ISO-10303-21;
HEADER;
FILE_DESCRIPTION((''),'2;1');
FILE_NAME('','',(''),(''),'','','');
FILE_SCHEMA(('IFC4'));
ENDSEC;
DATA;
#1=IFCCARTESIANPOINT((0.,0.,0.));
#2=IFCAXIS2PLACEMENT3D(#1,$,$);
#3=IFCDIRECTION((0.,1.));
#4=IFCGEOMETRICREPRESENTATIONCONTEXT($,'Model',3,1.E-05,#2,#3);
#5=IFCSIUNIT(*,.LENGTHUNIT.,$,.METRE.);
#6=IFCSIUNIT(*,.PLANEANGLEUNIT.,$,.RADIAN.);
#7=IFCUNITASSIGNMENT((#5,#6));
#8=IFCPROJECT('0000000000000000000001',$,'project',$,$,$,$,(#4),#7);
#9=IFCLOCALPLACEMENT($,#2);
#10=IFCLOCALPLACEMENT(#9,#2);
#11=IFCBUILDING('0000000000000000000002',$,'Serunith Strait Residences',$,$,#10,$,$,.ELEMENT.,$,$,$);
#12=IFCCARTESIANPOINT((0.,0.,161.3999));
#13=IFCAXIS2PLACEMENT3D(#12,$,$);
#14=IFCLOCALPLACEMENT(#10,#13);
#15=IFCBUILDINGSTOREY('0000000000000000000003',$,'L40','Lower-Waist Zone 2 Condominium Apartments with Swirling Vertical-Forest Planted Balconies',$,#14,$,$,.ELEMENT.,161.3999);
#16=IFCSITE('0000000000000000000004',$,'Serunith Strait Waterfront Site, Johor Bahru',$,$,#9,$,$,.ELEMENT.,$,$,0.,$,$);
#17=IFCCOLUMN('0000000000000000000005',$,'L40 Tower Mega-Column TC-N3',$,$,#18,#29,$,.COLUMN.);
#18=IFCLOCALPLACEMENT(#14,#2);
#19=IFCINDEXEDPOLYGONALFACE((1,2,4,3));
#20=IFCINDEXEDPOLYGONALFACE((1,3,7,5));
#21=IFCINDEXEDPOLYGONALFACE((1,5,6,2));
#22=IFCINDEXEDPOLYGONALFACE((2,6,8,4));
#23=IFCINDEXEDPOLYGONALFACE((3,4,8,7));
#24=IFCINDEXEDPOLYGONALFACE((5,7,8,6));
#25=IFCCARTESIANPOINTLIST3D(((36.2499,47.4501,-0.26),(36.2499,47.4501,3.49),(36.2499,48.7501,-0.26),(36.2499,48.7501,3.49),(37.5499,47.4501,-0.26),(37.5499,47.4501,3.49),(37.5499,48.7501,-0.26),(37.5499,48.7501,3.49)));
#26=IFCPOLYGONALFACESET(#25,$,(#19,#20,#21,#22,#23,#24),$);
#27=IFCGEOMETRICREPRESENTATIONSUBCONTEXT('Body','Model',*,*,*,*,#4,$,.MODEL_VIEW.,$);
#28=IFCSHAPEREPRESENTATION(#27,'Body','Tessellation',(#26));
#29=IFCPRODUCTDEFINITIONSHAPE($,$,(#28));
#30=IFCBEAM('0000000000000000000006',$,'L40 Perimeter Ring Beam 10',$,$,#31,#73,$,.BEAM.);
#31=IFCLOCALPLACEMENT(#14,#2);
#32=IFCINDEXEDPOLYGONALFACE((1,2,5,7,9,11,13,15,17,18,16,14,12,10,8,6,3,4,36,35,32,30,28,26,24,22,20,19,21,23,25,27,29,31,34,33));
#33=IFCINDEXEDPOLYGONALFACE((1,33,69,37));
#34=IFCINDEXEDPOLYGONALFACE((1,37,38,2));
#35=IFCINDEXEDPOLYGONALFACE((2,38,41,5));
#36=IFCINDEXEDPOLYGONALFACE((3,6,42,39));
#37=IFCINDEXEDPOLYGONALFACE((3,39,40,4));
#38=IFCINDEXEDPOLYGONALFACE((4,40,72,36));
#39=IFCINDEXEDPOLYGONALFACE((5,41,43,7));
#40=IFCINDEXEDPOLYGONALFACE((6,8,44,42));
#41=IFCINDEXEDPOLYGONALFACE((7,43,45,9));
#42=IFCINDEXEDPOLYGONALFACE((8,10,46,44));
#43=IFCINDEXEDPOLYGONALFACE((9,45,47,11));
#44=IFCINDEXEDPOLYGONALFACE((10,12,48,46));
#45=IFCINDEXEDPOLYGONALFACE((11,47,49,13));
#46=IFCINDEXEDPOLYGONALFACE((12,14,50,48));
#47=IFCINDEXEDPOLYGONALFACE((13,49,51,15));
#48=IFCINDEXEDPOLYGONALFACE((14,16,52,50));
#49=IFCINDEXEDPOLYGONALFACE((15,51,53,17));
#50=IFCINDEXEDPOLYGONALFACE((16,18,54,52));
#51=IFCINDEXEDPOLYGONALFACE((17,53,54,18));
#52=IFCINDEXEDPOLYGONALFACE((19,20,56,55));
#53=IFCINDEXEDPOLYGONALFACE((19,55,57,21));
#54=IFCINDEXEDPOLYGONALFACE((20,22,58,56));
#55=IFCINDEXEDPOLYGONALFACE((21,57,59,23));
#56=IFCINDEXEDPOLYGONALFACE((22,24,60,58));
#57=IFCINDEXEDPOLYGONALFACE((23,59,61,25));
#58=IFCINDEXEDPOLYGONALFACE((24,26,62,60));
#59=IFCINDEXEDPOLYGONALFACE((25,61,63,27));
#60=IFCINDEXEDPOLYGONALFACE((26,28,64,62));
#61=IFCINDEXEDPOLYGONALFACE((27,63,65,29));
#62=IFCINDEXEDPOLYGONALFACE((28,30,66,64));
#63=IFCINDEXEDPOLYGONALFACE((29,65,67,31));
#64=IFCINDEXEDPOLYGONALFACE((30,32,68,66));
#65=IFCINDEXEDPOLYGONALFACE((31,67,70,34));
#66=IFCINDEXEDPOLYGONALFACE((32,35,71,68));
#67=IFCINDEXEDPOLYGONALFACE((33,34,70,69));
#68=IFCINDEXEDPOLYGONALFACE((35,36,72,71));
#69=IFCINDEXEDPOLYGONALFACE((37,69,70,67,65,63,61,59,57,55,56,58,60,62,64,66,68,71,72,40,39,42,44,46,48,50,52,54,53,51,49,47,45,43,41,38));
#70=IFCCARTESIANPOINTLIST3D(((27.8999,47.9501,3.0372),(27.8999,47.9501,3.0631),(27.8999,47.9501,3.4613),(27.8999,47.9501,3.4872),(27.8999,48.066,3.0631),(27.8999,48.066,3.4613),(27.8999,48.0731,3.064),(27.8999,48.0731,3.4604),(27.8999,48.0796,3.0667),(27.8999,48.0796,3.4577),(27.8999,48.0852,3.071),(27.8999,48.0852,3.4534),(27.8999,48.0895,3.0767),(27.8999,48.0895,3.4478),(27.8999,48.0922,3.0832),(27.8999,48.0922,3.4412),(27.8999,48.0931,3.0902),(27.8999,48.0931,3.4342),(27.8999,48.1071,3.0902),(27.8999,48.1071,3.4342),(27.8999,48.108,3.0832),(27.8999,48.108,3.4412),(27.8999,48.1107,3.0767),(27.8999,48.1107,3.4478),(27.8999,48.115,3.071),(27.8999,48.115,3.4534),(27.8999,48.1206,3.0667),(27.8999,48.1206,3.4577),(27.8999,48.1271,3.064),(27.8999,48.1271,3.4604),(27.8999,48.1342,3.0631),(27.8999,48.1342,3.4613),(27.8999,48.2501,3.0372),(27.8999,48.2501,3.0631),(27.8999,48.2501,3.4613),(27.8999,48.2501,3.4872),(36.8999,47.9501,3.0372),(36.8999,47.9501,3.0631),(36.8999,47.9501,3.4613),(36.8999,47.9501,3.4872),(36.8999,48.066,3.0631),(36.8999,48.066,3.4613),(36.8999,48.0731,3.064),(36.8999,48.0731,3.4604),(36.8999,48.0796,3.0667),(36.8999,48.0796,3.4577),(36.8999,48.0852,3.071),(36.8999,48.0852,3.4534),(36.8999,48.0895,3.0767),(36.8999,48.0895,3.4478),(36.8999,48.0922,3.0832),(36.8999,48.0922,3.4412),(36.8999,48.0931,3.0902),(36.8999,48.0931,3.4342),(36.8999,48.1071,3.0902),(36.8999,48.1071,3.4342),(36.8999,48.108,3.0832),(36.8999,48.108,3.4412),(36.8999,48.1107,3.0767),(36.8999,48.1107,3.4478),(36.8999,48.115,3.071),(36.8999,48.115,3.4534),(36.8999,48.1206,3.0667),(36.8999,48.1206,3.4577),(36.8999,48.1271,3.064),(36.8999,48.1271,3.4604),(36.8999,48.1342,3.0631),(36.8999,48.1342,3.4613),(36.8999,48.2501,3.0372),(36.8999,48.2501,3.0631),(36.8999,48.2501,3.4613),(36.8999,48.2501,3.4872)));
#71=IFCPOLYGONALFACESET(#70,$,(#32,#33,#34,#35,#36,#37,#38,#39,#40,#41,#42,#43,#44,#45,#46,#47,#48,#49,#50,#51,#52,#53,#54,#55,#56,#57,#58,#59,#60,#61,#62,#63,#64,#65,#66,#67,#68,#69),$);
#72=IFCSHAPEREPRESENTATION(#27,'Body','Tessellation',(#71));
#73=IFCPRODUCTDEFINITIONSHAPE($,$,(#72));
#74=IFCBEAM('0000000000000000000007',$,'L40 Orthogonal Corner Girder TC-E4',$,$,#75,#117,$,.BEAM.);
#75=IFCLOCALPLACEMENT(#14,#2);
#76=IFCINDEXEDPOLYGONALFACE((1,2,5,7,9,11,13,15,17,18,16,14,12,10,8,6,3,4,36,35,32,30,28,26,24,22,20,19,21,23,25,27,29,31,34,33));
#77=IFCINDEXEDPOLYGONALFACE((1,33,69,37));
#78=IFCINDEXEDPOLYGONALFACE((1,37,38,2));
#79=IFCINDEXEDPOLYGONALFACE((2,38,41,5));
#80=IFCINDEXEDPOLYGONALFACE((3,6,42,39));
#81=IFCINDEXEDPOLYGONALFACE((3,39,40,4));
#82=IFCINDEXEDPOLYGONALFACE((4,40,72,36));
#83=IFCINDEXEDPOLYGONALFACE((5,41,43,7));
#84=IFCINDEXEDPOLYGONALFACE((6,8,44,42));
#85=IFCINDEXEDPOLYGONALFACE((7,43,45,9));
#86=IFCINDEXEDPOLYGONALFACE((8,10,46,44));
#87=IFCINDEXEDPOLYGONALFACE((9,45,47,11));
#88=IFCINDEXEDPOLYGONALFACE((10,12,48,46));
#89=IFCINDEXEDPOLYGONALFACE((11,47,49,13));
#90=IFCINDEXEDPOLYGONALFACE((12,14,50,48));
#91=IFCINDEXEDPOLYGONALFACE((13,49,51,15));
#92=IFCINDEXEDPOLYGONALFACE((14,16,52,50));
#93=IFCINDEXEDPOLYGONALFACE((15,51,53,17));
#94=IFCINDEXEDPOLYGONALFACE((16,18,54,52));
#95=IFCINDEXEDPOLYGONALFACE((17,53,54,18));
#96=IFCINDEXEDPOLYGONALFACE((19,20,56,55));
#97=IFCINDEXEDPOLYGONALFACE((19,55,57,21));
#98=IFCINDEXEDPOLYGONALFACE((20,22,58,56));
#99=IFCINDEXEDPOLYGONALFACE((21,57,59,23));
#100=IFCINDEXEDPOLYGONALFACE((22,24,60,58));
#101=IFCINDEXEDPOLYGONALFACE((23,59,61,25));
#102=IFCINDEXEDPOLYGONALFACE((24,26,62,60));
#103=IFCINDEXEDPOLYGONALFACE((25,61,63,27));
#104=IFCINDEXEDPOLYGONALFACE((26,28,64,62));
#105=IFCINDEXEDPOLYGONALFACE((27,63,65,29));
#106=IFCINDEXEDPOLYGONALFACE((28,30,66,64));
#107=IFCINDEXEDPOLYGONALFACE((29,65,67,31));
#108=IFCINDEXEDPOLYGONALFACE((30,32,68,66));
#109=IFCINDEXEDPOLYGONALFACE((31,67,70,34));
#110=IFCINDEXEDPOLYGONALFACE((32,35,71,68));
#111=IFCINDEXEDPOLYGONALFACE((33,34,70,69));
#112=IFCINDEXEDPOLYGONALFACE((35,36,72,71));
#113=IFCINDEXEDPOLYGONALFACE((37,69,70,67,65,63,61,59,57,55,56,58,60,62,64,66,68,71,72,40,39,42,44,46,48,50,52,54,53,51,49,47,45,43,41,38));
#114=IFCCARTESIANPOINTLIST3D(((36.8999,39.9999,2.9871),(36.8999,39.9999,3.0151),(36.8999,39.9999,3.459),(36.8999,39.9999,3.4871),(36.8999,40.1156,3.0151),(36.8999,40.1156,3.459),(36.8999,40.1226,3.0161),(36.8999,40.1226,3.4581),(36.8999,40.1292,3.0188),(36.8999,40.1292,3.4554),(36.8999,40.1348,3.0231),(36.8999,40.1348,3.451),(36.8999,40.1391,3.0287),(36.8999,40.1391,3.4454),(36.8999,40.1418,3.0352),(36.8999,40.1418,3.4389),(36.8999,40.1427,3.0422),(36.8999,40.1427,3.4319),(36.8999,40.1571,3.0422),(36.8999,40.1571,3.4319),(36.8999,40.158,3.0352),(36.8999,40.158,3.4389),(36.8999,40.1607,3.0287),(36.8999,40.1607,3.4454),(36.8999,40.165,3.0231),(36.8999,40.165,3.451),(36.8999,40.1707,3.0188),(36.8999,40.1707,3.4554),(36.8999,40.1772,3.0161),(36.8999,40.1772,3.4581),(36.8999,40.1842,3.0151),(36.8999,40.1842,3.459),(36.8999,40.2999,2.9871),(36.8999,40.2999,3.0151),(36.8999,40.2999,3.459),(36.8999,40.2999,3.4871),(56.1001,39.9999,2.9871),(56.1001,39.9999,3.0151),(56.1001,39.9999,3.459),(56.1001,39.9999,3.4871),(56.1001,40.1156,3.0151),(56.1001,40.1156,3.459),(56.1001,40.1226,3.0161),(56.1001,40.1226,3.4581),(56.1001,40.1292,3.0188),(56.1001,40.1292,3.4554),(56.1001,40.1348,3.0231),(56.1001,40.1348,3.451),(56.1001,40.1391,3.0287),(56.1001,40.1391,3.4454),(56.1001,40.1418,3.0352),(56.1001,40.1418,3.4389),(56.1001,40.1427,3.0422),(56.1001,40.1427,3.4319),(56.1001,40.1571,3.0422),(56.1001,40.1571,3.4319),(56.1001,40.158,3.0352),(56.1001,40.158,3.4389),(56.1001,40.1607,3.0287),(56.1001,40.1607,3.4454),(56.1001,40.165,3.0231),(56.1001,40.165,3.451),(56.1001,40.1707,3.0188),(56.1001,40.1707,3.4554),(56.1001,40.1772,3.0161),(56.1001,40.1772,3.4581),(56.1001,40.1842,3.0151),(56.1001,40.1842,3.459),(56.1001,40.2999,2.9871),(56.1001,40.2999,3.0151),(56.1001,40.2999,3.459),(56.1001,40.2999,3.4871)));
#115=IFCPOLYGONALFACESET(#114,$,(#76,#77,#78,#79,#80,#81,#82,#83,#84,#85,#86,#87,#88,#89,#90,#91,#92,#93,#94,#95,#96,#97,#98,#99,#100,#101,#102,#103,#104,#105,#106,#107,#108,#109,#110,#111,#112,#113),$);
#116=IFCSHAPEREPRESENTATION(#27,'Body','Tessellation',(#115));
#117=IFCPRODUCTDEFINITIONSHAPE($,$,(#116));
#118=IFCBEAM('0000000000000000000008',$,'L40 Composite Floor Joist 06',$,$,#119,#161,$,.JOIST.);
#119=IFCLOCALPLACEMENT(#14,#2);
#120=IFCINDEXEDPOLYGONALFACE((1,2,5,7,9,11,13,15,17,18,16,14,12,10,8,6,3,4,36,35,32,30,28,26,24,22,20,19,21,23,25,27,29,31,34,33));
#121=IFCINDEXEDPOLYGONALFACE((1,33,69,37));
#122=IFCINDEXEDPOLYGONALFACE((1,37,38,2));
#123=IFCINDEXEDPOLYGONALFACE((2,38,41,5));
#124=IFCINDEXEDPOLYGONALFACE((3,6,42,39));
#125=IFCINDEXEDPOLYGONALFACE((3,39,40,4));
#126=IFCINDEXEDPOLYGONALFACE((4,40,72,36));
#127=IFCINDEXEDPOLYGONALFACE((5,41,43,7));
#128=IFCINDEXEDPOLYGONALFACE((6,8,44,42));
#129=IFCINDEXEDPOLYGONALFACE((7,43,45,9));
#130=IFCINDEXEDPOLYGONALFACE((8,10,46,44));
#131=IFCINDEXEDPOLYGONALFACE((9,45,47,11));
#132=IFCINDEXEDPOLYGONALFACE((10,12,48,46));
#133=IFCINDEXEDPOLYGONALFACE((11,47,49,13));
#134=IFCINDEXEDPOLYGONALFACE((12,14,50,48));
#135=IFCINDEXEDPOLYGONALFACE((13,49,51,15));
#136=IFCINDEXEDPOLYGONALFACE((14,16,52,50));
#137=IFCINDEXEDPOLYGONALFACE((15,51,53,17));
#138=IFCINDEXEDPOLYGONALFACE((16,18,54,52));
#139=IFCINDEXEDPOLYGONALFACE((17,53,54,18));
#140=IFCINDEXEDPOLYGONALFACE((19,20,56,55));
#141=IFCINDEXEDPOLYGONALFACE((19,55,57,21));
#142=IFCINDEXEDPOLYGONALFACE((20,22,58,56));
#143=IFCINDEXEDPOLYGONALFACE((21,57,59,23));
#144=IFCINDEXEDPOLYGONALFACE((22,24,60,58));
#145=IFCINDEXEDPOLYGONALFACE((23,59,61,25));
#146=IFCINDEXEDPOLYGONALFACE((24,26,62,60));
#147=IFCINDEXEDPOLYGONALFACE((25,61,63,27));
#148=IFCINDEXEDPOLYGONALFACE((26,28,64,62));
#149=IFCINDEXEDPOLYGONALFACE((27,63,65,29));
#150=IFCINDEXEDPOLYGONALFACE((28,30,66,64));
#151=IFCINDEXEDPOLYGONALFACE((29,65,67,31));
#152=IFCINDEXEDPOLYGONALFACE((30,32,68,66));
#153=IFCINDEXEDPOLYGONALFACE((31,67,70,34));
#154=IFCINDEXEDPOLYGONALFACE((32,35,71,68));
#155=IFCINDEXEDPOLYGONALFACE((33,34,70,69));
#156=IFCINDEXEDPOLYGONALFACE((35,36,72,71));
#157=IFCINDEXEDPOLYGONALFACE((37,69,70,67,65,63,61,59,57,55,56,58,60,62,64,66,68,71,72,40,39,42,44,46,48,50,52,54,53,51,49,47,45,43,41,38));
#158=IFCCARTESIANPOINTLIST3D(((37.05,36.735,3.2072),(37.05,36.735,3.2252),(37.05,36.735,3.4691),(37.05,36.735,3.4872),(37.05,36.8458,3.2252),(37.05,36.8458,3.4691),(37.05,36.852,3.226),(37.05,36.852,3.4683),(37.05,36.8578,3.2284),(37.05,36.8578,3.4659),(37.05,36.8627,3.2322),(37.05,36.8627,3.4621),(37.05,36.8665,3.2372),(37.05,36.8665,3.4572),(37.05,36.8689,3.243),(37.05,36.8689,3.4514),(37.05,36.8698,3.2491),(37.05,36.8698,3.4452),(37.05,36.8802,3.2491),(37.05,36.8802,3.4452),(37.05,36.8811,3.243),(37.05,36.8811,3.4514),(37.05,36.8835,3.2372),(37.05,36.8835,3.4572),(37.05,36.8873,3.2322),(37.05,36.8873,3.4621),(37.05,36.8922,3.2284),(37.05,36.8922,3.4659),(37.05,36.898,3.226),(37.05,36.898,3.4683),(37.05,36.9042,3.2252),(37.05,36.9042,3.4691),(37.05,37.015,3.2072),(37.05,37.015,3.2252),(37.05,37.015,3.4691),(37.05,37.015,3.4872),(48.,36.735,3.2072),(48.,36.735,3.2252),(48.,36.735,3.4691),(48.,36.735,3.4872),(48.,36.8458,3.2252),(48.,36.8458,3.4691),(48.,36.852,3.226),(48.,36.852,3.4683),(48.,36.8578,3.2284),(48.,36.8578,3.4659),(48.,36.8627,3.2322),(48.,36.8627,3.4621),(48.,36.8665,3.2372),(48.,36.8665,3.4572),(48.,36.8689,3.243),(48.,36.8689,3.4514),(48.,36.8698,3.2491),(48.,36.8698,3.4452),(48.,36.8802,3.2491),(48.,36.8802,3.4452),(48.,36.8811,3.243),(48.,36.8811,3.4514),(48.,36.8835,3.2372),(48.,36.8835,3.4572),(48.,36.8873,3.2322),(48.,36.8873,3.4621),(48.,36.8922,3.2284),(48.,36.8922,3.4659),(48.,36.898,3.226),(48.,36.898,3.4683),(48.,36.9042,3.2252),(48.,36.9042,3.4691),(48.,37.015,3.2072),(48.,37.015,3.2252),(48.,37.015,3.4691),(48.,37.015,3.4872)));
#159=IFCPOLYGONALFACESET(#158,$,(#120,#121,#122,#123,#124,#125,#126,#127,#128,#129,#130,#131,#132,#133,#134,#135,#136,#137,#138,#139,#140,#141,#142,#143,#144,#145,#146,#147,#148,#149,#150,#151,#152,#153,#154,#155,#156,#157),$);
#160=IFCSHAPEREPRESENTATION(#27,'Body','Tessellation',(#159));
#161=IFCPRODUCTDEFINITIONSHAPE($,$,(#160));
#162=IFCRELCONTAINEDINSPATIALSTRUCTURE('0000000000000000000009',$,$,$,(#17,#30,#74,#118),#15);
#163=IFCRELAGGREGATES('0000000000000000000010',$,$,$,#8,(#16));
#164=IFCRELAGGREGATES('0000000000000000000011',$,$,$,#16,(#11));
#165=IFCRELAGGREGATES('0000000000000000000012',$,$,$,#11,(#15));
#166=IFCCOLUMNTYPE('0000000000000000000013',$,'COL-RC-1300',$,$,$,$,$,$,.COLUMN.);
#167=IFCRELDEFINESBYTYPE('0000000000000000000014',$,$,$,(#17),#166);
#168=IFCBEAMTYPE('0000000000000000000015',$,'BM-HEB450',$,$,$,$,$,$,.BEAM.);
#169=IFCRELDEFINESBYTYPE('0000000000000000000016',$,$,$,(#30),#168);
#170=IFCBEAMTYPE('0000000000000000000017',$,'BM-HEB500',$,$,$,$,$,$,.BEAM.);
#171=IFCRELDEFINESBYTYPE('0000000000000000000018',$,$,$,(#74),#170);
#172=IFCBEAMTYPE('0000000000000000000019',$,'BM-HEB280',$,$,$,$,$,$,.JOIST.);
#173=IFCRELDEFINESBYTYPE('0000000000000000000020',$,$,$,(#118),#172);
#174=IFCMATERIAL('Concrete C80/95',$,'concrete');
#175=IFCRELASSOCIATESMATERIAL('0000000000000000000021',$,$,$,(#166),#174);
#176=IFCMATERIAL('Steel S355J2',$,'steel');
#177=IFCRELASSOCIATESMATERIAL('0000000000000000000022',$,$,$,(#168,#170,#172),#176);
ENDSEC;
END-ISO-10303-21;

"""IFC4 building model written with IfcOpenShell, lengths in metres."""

from ifc_helpers import new_model, si_unit, direction, frame, origin, origin_2d, place, context, subcontext, project, spatial, rectangle, i_section, extrude, source, transform, mapped, material, material_profile, profile_set, type_object, element, save


model = new_model("IFC4")

# Units and contexts
model_context = context("Model", 3, precision=1e-05, world=origin(), true_north=direction((0.0, 1.0)))
body_context = subcontext(model_context, "Body", "Model", "MODEL_VIEW")
ifc_project = project(units=[si_unit("LENGTHUNIT", "METRE"), si_unit("PLANEANGLEUNIT", "RADIAN")], contexts=[model_context])

# Site, building, storey
site_placement = place(None, origin())
site = spatial("IfcSite", under=ifc_project, at=site_placement, Name="Serunith Strait Waterfront Site, Johor Bahru", CompositionType="ELEMENT", RefElevation=0.0)
building_placement = place(site_placement, origin())
building = spatial("IfcBuilding", under=site, at=building_placement, Name="Serunith Strait Residences", CompositionType="ELEMENT")
storey_placement = place(building_placement, frame((0.0, 0.0, 161.3999)))
storey = spatial("IfcBuildingStorey", under=building, at=storey_placement, Name="L40", Description="Lower-Waist Zone 2 Condominium Apartments with Swirling Vertical-Forest Planted Balconies", CompositionType="ELEMENT", Elevation=161.3999)

# Column
ifc_material_1 = material(Name="Concrete C80/95", Category="concrete")
ifc_material_profile_1 = material_profile(ifc_material_1, rectangle(XDim=1.3, YDim=1.3, at=origin_2d()), Name="RC 1300x1300")
ifc_profile_set_1 = profile_set([ifc_material_profile_1], Name="Concrete C80/95")
column_type = type_object("IfcColumnType", Name="COL-RC-1300", PredefinedType="COLUMN", material=ifc_profile_set_1)
shared_shape_1 = source(origin(), body_context, "Body", "SweptSolid", [
    extrude(rectangle(XDim=1.3, YDim=1.3, at=origin_2d()), origin(), (0.0, 0.0, 1.0), 3.75),
])
column_placement = place(storey_placement, frame((36.8999, 48.1001, -0.26), z_axis=(0.0, 0.0, 1.0), x_axis=(1.0, 0.0, 0.0)))
element("IfcColumn", 1, at=column_placement, inside=storey, type_object=column_type, Name="L40 Tower Mega-Column TC-N3", PredefinedType="COLUMN", context=body_context, shape_type="MappedRepresentation", body=[
    mapped(shared_shape_1, transform((0.0, 0.0, 0.0), scale=1.0)),
])

# Beams
ifc_material_2 = material(Name="Steel S355J2", Category="steel")
ifc_material_profile_2 = material_profile(ifc_material_2, i_section(OverallWidth=0.3, OverallDepth=0.45, WebThickness=0.0139, FlangeThickness=0.0259, FilletRadius=0.0271, at=origin_2d()), Name="HEB 450")
ifc_profile_set_2 = profile_set([ifc_material_profile_2], Name="Steel S355J2")
beam_type_1 = type_object("IfcBeamType", Name="BM-HEB450", PredefinedType="BEAM", material=ifc_profile_set_2)
shared_shape_2 = source(origin(), body_context, "Body", "SweptSolid", [
    extrude(i_section(OverallWidth=0.3, OverallDepth=0.45, WebThickness=0.0139, FlangeThickness=0.0259, FilletRadius=0.0271, at=origin_2d()), origin(), (0.0, 0.0, 1.0), 9.0),
])
beam_1_placement = place(storey_placement, frame((36.8999, 48.1001, 3.2622), z_axis=(-1.0, 0.0, 0.0), x_axis=(0.0, -1.0, 0.0)))
element("IfcBeam", 2, at=beam_1_placement, inside=storey, type_object=beam_type_1, Name="L40 Perimeter Ring Beam 10", PredefinedType="BEAM", context=body_context, shape_type="MappedRepresentation", body=[
    mapped(shared_shape_2, transform((0.0, 0.0, 0.0), scale=1.0)),
])
ifc_material_profile_3 = material_profile(ifc_material_2, i_section(OverallWidth=0.3, OverallDepth=0.5, WebThickness=0.0144, FlangeThickness=0.0281, FilletRadius=0.0271, at=origin_2d()), Name="HEB 500")
ifc_profile_set_3 = profile_set([ifc_material_profile_3], Name="Steel S355J2")
beam_type_2 = type_object("IfcBeamType", Name="BM-HEB500", PredefinedType="BEAM", material=ifc_profile_set_3)
shared_shape_3 = source(origin(), body_context, "Body", "SweptSolid", [
    extrude(i_section(OverallWidth=0.3, OverallDepth=0.5, WebThickness=0.0144, FlangeThickness=0.0281, FilletRadius=0.0271, at=origin_2d()), origin(), (0.0, 0.0, 1.0), 19.2002),
])
beam_2_placement = place(storey_placement, frame((36.8999, 40.1499, 3.2371), z_axis=(1.0, 0.0, 0.0), x_axis=(0.0, 1.0, 0.0)))
element("IfcBeam", 3, at=beam_2_placement, inside=storey, type_object=beam_type_2, Name="L40 Orthogonal Corner Girder TC-E4", PredefinedType="BEAM", context=body_context, shape_type="MappedRepresentation", body=[
    mapped(shared_shape_3, transform((0.0, 0.0, 0.0), scale=1.0)),
])
ifc_material_profile_4 = material_profile(ifc_material_2, i_section(OverallWidth=0.28, OverallDepth=0.28, WebThickness=0.0105, FlangeThickness=0.0181, FilletRadius=0.0239, at=origin_2d()), Name="HEB 280")
ifc_profile_set_4 = profile_set([ifc_material_profile_4], Name="Steel S355J2")
beam_type_3 = type_object("IfcBeamType", Name="BM-HEB280", PredefinedType="JOIST", material=ifc_profile_set_4)
shared_shape_4 = source(origin(), body_context, "Body", "SweptSolid", [
    extrude(i_section(OverallWidth=0.28, OverallDepth=0.28, WebThickness=0.0105, FlangeThickness=0.0181, FilletRadius=0.0239, at=origin_2d()), origin(), (0.0, 0.0, 1.0), 10.95),
])
beam_3_placement = place(storey_placement, frame((37.05, 36.875, 3.3472), z_axis=(1.0, 0.0, 0.0), x_axis=(0.0, 1.0, 0.0)))
element("IfcBeam", 4, at=beam_3_placement, inside=storey, type_object=beam_type_3, Name="L40 Composite Floor Joist 06", PredefinedType="JOIST", context=body_context, shape_type="MappedRepresentation", body=[
    mapped(shared_shape_4, transform((0.0, 0.0, 0.0), scale=1.0)),
])

save(model, "model.ifc")
